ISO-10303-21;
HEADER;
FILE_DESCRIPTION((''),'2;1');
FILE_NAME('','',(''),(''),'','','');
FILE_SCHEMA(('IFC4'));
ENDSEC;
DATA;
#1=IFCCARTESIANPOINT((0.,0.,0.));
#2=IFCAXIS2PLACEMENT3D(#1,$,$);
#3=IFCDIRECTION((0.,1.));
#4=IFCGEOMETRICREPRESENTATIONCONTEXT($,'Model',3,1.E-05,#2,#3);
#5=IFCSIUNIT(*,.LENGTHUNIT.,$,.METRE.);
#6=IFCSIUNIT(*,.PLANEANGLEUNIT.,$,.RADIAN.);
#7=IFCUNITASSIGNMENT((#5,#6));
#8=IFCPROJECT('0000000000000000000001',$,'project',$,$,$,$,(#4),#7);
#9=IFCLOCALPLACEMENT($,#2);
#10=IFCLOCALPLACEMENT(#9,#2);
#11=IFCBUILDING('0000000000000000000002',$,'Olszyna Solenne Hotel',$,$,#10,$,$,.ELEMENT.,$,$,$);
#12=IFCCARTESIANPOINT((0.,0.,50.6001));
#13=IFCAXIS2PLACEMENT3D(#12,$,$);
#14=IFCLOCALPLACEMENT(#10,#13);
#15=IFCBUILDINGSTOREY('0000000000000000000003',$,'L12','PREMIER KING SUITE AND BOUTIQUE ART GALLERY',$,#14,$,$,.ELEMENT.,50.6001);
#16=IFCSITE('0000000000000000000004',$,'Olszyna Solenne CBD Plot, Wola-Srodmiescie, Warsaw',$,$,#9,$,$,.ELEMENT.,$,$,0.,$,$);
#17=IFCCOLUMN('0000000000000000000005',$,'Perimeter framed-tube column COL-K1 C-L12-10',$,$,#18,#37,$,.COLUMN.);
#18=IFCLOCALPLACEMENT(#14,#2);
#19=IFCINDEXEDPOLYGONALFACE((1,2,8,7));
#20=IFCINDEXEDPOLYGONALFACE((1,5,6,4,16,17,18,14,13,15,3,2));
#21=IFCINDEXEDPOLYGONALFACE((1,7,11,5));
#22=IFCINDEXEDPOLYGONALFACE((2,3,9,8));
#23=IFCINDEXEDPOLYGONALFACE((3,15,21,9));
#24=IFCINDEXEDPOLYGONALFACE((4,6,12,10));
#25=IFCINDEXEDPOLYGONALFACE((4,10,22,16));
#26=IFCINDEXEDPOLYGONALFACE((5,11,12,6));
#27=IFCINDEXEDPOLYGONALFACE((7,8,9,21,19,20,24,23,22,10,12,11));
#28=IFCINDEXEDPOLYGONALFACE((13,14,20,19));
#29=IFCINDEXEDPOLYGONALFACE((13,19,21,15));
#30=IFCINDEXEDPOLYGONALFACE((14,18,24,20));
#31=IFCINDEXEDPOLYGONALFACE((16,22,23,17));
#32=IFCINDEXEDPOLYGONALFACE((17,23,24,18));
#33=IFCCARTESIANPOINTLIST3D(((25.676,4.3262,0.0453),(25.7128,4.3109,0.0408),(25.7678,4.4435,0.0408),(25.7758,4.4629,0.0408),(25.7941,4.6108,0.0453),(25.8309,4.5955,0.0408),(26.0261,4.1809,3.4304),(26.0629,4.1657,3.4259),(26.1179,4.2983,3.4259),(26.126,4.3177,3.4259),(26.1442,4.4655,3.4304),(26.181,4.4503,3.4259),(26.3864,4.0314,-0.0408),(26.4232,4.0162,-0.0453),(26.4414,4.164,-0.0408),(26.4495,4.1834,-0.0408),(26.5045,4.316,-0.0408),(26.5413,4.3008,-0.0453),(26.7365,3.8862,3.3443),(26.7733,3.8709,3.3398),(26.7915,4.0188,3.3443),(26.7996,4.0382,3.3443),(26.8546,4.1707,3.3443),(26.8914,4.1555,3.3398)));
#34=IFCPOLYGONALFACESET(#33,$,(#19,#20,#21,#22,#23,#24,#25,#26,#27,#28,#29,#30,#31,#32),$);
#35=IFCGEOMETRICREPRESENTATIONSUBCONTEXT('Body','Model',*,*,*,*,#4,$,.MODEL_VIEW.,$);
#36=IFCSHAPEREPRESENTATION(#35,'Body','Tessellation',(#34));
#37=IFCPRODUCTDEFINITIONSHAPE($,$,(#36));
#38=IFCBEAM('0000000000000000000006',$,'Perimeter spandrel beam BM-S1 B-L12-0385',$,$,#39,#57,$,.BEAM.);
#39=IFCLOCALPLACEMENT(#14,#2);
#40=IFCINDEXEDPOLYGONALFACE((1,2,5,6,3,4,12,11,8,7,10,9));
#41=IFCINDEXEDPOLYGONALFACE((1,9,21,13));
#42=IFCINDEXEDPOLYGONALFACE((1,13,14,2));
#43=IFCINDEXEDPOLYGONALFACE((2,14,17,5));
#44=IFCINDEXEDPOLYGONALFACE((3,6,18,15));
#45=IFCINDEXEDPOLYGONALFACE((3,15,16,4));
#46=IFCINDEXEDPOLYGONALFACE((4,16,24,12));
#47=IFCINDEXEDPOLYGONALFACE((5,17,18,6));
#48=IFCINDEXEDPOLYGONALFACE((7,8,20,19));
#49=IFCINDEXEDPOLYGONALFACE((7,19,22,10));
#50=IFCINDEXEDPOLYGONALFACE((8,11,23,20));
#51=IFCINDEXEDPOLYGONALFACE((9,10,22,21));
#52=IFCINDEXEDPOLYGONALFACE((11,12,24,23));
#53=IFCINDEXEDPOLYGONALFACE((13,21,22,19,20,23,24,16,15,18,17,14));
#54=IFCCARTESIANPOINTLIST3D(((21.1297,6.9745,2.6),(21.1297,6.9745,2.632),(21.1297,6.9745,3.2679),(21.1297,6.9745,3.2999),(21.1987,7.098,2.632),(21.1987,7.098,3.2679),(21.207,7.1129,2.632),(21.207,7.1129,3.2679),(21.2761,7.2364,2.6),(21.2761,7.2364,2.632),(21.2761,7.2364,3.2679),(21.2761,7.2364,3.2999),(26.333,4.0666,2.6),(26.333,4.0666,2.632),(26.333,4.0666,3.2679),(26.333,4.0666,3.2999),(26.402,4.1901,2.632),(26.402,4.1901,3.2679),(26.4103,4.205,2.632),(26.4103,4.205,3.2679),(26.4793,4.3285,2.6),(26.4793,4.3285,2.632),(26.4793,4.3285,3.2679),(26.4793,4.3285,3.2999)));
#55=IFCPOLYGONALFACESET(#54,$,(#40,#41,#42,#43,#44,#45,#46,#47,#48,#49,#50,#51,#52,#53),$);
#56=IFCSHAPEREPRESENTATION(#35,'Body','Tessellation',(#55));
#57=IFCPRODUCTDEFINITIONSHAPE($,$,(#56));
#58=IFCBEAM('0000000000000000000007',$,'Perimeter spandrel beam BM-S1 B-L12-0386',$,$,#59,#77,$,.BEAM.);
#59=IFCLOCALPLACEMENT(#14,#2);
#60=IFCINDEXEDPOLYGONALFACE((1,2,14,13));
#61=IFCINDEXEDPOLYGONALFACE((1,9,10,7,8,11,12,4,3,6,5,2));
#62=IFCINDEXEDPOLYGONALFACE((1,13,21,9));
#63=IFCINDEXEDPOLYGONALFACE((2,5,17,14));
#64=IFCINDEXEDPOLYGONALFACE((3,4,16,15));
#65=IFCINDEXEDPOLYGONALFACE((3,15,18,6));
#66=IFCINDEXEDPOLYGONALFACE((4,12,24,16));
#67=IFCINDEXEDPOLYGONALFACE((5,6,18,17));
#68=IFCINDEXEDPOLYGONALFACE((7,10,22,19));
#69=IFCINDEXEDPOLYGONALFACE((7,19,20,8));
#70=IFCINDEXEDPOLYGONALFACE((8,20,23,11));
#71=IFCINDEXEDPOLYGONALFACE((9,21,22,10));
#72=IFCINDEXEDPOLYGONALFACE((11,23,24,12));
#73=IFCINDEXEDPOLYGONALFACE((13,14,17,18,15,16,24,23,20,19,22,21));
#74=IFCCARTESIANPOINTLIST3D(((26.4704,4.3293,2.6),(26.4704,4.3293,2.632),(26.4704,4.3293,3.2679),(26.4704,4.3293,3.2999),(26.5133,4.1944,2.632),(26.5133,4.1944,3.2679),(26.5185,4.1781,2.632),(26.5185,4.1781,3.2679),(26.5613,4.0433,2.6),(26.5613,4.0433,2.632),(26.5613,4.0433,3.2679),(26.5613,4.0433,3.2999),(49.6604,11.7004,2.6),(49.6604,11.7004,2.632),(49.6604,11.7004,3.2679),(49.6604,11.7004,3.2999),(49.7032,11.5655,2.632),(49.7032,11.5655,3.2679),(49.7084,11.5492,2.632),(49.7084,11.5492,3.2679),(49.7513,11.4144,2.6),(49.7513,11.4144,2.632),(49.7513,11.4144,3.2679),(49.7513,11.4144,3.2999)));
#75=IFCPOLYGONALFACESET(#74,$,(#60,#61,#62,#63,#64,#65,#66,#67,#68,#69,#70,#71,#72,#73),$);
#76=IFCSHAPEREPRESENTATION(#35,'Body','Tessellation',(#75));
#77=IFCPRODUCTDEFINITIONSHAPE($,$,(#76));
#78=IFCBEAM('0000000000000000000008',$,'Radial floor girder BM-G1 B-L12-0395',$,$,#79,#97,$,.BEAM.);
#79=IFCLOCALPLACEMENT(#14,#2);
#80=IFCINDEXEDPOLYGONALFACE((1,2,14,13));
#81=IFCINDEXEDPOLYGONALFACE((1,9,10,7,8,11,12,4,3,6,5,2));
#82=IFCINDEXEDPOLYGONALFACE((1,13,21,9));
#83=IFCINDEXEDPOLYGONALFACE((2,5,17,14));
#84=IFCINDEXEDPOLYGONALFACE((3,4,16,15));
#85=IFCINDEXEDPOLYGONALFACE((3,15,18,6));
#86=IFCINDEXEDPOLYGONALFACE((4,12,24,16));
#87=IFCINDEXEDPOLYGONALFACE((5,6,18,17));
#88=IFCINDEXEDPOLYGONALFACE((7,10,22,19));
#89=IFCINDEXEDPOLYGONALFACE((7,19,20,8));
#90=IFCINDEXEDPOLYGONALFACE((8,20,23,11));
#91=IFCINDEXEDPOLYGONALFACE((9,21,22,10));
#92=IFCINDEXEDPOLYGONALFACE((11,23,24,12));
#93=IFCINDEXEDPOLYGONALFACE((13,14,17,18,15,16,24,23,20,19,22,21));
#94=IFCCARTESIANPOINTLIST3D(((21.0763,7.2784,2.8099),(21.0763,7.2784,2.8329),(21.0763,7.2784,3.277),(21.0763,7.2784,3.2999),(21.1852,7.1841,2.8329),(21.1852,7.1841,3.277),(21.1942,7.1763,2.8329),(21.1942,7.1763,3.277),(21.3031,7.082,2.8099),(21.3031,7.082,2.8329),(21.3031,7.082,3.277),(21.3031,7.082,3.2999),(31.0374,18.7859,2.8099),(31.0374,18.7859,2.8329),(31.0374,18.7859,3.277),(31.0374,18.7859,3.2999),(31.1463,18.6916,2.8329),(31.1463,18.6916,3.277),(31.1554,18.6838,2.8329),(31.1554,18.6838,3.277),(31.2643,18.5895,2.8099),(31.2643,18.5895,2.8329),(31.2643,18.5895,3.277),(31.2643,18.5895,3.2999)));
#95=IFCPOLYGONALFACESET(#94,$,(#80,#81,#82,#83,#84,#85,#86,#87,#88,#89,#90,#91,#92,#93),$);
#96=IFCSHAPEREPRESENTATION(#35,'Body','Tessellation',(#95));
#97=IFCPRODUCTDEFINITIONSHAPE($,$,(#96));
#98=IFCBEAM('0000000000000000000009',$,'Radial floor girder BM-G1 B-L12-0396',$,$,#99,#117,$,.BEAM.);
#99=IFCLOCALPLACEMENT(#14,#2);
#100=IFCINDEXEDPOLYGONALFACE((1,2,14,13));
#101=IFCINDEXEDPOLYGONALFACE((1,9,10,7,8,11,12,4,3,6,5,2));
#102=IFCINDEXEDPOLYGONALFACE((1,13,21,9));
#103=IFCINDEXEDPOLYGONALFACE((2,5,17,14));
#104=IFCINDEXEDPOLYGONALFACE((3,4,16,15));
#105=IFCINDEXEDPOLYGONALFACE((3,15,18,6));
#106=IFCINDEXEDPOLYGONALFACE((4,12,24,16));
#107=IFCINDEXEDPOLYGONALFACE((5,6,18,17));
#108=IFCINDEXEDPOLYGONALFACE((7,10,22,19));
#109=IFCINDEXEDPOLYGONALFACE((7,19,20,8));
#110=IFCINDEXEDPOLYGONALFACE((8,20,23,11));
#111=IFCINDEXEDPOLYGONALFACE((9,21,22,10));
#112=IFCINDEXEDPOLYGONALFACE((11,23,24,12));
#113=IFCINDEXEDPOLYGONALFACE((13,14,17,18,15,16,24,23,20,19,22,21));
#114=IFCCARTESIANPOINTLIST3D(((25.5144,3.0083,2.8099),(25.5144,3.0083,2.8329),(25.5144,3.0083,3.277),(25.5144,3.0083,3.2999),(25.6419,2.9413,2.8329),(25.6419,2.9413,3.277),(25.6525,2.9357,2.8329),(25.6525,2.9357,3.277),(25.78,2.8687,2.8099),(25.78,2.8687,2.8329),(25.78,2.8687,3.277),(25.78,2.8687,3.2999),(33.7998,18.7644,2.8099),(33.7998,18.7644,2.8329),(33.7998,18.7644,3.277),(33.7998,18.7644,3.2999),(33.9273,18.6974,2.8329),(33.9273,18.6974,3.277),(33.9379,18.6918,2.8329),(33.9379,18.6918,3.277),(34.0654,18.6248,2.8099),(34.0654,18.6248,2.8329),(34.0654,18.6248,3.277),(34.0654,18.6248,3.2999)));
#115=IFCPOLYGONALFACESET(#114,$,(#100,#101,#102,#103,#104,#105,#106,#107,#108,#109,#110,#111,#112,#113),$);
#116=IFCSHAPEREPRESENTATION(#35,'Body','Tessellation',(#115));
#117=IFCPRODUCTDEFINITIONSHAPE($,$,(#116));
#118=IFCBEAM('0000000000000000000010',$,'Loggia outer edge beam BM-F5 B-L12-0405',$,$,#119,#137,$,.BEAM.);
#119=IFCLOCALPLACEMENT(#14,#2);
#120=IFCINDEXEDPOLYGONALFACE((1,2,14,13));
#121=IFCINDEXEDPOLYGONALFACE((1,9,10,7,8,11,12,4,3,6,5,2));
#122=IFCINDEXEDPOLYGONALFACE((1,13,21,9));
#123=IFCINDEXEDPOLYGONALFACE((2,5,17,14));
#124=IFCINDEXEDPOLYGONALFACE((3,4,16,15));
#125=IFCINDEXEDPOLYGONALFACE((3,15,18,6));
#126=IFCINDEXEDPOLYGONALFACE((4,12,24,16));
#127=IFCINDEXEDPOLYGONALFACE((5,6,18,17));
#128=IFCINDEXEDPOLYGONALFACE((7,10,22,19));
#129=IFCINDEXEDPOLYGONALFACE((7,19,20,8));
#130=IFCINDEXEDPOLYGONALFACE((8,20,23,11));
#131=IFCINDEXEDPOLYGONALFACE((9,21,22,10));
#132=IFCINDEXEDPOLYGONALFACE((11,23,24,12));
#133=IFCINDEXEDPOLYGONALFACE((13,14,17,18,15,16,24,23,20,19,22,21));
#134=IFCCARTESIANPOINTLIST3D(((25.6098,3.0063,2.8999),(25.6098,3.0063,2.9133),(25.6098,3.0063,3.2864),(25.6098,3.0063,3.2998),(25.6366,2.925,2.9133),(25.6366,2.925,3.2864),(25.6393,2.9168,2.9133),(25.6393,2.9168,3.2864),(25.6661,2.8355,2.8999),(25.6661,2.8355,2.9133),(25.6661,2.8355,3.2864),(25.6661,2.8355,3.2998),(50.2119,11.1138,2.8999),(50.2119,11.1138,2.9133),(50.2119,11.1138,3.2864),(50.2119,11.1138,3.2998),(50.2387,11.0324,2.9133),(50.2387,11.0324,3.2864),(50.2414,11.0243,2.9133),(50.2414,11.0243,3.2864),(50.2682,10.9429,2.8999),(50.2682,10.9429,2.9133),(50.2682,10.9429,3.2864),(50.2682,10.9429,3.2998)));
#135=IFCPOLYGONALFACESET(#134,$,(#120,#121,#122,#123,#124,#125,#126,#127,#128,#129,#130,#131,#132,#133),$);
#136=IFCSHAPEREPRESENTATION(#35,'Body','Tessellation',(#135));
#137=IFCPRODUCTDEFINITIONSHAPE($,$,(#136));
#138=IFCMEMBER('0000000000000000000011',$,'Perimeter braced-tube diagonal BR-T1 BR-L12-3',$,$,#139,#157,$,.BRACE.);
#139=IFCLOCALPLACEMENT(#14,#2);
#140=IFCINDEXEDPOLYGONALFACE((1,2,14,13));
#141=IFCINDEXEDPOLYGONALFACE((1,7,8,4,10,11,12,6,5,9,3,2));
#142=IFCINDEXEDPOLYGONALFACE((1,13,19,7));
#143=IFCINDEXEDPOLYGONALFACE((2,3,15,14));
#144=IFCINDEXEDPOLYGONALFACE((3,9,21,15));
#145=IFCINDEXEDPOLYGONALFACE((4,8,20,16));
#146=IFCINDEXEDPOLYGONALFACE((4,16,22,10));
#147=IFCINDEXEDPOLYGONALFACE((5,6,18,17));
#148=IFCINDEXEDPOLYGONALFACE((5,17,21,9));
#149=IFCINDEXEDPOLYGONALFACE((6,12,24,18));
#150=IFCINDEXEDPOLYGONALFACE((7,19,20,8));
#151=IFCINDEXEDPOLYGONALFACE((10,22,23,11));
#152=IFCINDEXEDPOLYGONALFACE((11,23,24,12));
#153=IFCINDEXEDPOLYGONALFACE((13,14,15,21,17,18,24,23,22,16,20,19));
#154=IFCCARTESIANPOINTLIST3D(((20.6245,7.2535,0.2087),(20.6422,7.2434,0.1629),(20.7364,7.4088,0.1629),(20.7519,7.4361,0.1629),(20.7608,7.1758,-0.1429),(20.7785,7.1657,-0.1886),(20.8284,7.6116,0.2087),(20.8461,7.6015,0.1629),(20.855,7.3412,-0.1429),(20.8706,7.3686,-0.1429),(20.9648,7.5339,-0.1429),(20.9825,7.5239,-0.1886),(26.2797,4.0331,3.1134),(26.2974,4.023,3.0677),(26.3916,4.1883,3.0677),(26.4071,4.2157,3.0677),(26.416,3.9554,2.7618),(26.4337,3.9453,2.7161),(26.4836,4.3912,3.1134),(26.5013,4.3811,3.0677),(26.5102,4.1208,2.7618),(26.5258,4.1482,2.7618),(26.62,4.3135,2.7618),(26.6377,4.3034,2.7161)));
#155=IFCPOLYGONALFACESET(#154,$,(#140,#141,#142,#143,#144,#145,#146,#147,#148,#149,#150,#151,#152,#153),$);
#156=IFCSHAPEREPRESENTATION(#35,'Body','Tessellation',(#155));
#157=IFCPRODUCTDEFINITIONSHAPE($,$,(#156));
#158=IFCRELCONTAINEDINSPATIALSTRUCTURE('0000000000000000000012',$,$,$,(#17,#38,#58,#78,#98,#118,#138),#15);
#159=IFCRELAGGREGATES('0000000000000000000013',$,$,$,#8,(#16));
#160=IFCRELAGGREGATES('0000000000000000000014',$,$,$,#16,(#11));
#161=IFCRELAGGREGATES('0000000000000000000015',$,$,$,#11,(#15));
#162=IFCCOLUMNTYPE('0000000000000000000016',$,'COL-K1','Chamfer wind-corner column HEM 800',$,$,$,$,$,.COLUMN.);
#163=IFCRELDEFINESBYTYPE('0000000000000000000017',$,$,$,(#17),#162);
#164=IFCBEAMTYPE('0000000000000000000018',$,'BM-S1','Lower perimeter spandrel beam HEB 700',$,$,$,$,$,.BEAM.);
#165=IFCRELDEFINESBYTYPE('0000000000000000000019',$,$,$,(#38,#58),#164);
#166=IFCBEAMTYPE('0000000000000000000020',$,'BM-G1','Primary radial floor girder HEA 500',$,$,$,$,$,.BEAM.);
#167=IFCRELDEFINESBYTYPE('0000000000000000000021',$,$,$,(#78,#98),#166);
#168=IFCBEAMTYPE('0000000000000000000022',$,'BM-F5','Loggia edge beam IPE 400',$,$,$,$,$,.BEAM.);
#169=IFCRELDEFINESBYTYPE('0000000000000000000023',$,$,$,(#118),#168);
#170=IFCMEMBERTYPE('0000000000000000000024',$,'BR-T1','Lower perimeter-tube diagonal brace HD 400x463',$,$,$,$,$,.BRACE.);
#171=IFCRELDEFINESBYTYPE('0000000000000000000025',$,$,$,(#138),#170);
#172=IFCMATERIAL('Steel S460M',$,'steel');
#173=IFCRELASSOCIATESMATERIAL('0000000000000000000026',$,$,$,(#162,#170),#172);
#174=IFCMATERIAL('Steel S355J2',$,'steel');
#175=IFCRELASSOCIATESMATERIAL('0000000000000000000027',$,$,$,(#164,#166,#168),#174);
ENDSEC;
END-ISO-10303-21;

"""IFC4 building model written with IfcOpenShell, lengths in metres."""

from ifc_helpers import new_model, si_unit, direction, frame, origin, origin_2d, place, context, subcontext, project, spatial, i_section, extrude, source, transform, mapped, material, material_profile, profile_set, type_object, element, save


model = new_model("IFC4")

# Units and contexts
model_context = context("Model", 3, precision=1e-05, world=origin(), true_north=direction((0.0, 1.0)))
body_context = subcontext(model_context, "Body", "Model", "MODEL_VIEW")
ifc_project = project(units=[si_unit("LENGTHUNIT", "METRE"), si_unit("PLANEANGLEUNIT", "RADIAN")], contexts=[model_context])

# Site, building, storey
site_placement = place(None, origin())
site = spatial("IfcSite", under=ifc_project, at=site_placement, Name="Olszyna Solenne CBD Plot, Wola-Srodmiescie, Warsaw", CompositionType="ELEMENT", RefElevation=0.0)
building_placement = place(site_placement, origin())
building = spatial("IfcBuilding", under=site, at=building_placement, Name="Olszyna Solenne Hotel", CompositionType="ELEMENT")
storey_placement = place(building_placement, frame((0.0, 0.0, 50.6001)))
storey = spatial("IfcBuildingStorey", under=building, at=storey_placement, Name="L12", Description="PREMIER KING SUITE AND BOUTIQUE ART GALLERY", CompositionType="ELEMENT", Elevation=50.6001)

# Column
ifc_material_1 = material(Name="Steel S460M", Category="steel")
ifc_material_profile_1 = material_profile(ifc_material_1, i_section(OverallWidth=0.3081, OverallDepth=0.814, WebThickness=0.021, FlangeThickness=0.04, at=origin_2d()), Name="HEM 800", Category="load-bearing")
ifc_profile_set_1 = profile_set([ifc_material_profile_1], Name="Steel S460M")
column_type = type_object("IfcColumnType", Name="COL-K1", Description="Chamfer wind-corner column HEM 800", PredefinedType="COLUMN", material=ifc_profile_set_1)
shared_shape_1 = source(origin(), body_context, "Body", "SweptSolid", [
    extrude(i_section(OverallWidth=0.3081, OverallDepth=0.814, WebThickness=0.021, FlangeThickness=0.04, at=origin_2d()), origin(), (0.0, 0.0, 1.0), 3.4062),
])
column_placement = place(storey_placement, frame((26.1086, 4.3135, 0.0), z_axis=(0.102784, -0.042647, 0.993789), x_axis=(0.383243, 0.923648, 0.0)))
element("IfcColumn", 1, at=column_placement, inside=storey, type_object=column_type, Name="Perimeter framed-tube column COL-K1 C-L12-10", PredefinedType="COLUMN", context=body_context, shape_type="MappedRepresentation", body=[
    mapped(shared_shape_1, transform((0.0, 0.0, 0.0), x_axis=(1.0, 0.0, 0.0), y_axis=(0.0, 1.0, 0.0), z_axis=(0.0, 0.0, 1.0), scale=1.0)),
])

# Beams
ifc_material_2 = material(Name="Steel S355J2", Category="steel")
ifc_material_profile_2 = material_profile(ifc_material_2, i_section(OverallWidth=0.3, OverallDepth=0.7, WebThickness=0.0171, FlangeThickness=0.032, at=origin_2d()), Name="HEB 700", Category="load-bearing")
ifc_profile_set_2 = profile_set([ifc_material_profile_2], Name="Steel S355J2")
beam_type_1 = type_object("IfcBeamType", Name="BM-S1", Description="Lower perimeter spandrel beam HEB 700", PredefinedType="BEAM", material=ifc_profile_set_2)
shared_shape_2 = source(origin(), body_context, "Body", "SweptSolid", [
    extrude(i_section(OverallWidth=0.3, OverallDepth=0.7, WebThickness=0.0171, FlangeThickness=0.032, at=origin_2d()), origin(), (0.0, 0.0, 1.0), 5.9607),
])
beam_1_placement = place(storey_placement, frame((21.2029, 7.1055, 2.95), z_axis=(0.87293, -0.487846, 0.0), x_axis=(0.487846, 0.87293, 0.0)))
element("IfcBeam", 2, at=beam_1_placement, inside=storey, type_object=beam_type_1, Name="Perimeter spandrel beam BM-S1 B-L12-0385", PredefinedType="BEAM", context=body_context, shape_type="MappedRepresentation", body=[
    mapped(shared_shape_2, transform((0.0, 0.0, 0.0), x_axis=(1.0, 0.0, 0.0), y_axis=(0.0, 1.0, 0.0), z_axis=(0.0, 0.0, 1.0), scale=1.0)),
])
shared_shape_3 = source(origin(), body_context, "Body", "SweptSolid", [
    extrude(i_section(OverallWidth=0.3, OverallDepth=0.7, WebThickness=0.0171, FlangeThickness=0.032, at=origin_2d()), origin(), (0.0, 0.0, 1.0), 24.3333),
])
beam_2_placement = place(storey_placement, frame((26.5159, 4.1863, 2.95), z_axis=(0.953015, 0.302923, 0.0), x_axis=(-0.302923, 0.953015, 0.0)))
element("IfcBeam", 3, at=beam_2_placement, inside=storey, type_object=beam_type_1, Name="Perimeter spandrel beam BM-S1 B-L12-0386", PredefinedType="BEAM", context=body_context, shape_type="MappedRepresentation", body=[
    mapped(shared_shape_3, transform((0.0, 0.0, 0.0), x_axis=(1.0, 0.0, 0.0), y_axis=(0.0, 1.0, 0.0), z_axis=(0.0, 0.0, 1.0), scale=1.0)),
])
ifc_material_profile_3 = material_profile(ifc_material_2, i_section(OverallWidth=0.3, OverallDepth=0.49, WebThickness=0.012, FlangeThickness=0.0229, at=origin_2d()), Name="HEA 500", Category="load-bearing")
ifc_profile_set_3 = profile_set([ifc_material_profile_3], Name="Steel S355J2")
beam_type_2 = type_object("IfcBeamType", Name="BM-G1", Description="Primary radial floor girder HEA 500", PredefinedType="BEAM", material=ifc_profile_set_3)
shared_shape_4 = source(origin(), body_context, "Body", "SweptSolid", [
    extrude(i_section(OverallWidth=0.3, OverallDepth=0.49, WebThickness=0.012, FlangeThickness=0.0229, at=origin_2d()), origin(), (0.0, 0.0, 1.0), 15.22),
])
beam_3_placement = place(storey_placement, frame((21.1897, 7.1802, 3.0549), z_axis=(0.654479, 0.756081, 0.0), x_axis=(-0.756081, 0.654479, 0.0)))
element("IfcBeam", 4, at=beam_3_placement, inside=storey, type_object=beam_type_2, Name="Radial floor girder BM-G1 B-L12-0395", PredefinedType="BEAM", context=body_context, shape_type="MappedRepresentation", body=[
    mapped(shared_shape_4, transform((0.0, 0.0, 0.0), x_axis=(1.0, 0.0, 0.0), y_axis=(0.0, 1.0, 0.0), z_axis=(0.0, 0.0, 1.0), scale=1.0)),
])
shared_shape_5 = source(origin(), body_context, "Body", "SweptSolid", [
    extrude(i_section(OverallWidth=0.3, OverallDepth=0.49, WebThickness=0.012, FlangeThickness=0.0229, at=origin_2d()), origin(), (0.0, 0.0, 1.0), 17.8018),
])
beam_4_placement = place(storey_placement, frame((25.6472, 2.9385, 3.0549), z_axis=(0.465426, 0.885087, 0.0), x_axis=(-0.885087, 0.465426, 0.0)))
element("IfcBeam", 5, at=beam_4_placement, inside=storey, type_object=beam_type_2, Name="Radial floor girder BM-G1 B-L12-0396", PredefinedType="BEAM", context=body_context, shape_type="MappedRepresentation", body=[
    mapped(shared_shape_5, transform((0.0, 0.0, 0.0), x_axis=(1.0, 0.0, 0.0), y_axis=(0.0, 1.0, 0.0), z_axis=(0.0, 0.0, 1.0), scale=1.0)),
])
ifc_material_profile_4 = material_profile(ifc_material_2, i_section(OverallWidth=0.1799, OverallDepth=0.3999, WebThickness=0.0085, FlangeThickness=0.0134, at=origin_2d()), Name="IPE 400", Category="load-bearing")
ifc_profile_set_4 = profile_set([ifc_material_profile_4], Name="Steel S355J2")
beam_type_3 = type_object("IfcBeamType", Name="BM-F5", Description="Loggia edge beam IPE 400", PredefinedType="BEAM", material=ifc_profile_set_4)
shared_shape_6 = source(origin(), body_context, "Body", "SweptSolid", [
    extrude(i_section(OverallWidth=0.1799, OverallDepth=0.3999, WebThickness=0.0085, FlangeThickness=0.0134, at=origin_2d()), origin(), (0.0, 0.0, 1.0), 25.9036),
])
beam_5_placement = place(storey_placement, frame((25.6379, 2.9209, 3.0999), z_axis=(0.949758, 0.312986, 0.0), x_axis=(-0.312986, 0.949758, 0.0)))
element("IfcBeam", 6, at=beam_5_placement, inside=storey, type_object=beam_type_3, Name="Loggia outer edge beam BM-F5 B-L12-0405", PredefinedType="BEAM", context=body_context, shape_type="MappedRepresentation", body=[
    mapped(shared_shape_6, transform((0.0, 0.0, 0.0), x_axis=(1.0, 0.0, 0.0), y_axis=(0.0, 1.0, 0.0), z_axis=(0.0, 0.0, 1.0), scale=1.0)),
])

# Member
ifc_material_profile_5 = material_profile(ifc_material_1, i_section(OverallWidth=0.4121, OverallDepth=0.4351, WebThickness=0.0315, FlangeThickness=0.05, at=origin_2d()), Name="HD 400x463", Category="load-bearing")
ifc_profile_set_5 = profile_set([ifc_material_profile_5], Name="Steel S460M")
member_type = type_object("IfcMemberType", Name="BR-T1", Description="Lower perimeter-tube diagonal brace HD 400x463", PredefinedType="BRACE", material=ifc_profile_set_5)
shared_shape_7 = source(origin(), body_context, "Body", "SweptSolid", [
    extrude(i_section(OverallWidth=0.4121, OverallDepth=0.4351, WebThickness=0.0315, FlangeThickness=0.05, at=origin_2d()), origin(), (0.0, 0.0, 1.0), 7.1267),
])
member_placement = place(storey_placement, frame((20.8035, 7.3887, 0.01), z_axis=(0.793522, -0.45188, 0.407586), x_axis=(0.49485, 0.868979, 0.0)))
element("IfcMember", 7, at=member_placement, inside=storey, type_object=member_type, Name="Perimeter braced-tube diagonal BR-T1 BR-L12-3", PredefinedType="BRACE", context=body_context, shape_type="MappedRepresentation", body=[
    mapped(shared_shape_7, transform((0.0, 0.0, 0.0), x_axis=(1.0, 0.0, 0.0), y_axis=(0.0, 1.0, 0.0), z_axis=(0.0, 0.0, 1.0), scale=1.0)),
])

save(model, "model.ifc")
